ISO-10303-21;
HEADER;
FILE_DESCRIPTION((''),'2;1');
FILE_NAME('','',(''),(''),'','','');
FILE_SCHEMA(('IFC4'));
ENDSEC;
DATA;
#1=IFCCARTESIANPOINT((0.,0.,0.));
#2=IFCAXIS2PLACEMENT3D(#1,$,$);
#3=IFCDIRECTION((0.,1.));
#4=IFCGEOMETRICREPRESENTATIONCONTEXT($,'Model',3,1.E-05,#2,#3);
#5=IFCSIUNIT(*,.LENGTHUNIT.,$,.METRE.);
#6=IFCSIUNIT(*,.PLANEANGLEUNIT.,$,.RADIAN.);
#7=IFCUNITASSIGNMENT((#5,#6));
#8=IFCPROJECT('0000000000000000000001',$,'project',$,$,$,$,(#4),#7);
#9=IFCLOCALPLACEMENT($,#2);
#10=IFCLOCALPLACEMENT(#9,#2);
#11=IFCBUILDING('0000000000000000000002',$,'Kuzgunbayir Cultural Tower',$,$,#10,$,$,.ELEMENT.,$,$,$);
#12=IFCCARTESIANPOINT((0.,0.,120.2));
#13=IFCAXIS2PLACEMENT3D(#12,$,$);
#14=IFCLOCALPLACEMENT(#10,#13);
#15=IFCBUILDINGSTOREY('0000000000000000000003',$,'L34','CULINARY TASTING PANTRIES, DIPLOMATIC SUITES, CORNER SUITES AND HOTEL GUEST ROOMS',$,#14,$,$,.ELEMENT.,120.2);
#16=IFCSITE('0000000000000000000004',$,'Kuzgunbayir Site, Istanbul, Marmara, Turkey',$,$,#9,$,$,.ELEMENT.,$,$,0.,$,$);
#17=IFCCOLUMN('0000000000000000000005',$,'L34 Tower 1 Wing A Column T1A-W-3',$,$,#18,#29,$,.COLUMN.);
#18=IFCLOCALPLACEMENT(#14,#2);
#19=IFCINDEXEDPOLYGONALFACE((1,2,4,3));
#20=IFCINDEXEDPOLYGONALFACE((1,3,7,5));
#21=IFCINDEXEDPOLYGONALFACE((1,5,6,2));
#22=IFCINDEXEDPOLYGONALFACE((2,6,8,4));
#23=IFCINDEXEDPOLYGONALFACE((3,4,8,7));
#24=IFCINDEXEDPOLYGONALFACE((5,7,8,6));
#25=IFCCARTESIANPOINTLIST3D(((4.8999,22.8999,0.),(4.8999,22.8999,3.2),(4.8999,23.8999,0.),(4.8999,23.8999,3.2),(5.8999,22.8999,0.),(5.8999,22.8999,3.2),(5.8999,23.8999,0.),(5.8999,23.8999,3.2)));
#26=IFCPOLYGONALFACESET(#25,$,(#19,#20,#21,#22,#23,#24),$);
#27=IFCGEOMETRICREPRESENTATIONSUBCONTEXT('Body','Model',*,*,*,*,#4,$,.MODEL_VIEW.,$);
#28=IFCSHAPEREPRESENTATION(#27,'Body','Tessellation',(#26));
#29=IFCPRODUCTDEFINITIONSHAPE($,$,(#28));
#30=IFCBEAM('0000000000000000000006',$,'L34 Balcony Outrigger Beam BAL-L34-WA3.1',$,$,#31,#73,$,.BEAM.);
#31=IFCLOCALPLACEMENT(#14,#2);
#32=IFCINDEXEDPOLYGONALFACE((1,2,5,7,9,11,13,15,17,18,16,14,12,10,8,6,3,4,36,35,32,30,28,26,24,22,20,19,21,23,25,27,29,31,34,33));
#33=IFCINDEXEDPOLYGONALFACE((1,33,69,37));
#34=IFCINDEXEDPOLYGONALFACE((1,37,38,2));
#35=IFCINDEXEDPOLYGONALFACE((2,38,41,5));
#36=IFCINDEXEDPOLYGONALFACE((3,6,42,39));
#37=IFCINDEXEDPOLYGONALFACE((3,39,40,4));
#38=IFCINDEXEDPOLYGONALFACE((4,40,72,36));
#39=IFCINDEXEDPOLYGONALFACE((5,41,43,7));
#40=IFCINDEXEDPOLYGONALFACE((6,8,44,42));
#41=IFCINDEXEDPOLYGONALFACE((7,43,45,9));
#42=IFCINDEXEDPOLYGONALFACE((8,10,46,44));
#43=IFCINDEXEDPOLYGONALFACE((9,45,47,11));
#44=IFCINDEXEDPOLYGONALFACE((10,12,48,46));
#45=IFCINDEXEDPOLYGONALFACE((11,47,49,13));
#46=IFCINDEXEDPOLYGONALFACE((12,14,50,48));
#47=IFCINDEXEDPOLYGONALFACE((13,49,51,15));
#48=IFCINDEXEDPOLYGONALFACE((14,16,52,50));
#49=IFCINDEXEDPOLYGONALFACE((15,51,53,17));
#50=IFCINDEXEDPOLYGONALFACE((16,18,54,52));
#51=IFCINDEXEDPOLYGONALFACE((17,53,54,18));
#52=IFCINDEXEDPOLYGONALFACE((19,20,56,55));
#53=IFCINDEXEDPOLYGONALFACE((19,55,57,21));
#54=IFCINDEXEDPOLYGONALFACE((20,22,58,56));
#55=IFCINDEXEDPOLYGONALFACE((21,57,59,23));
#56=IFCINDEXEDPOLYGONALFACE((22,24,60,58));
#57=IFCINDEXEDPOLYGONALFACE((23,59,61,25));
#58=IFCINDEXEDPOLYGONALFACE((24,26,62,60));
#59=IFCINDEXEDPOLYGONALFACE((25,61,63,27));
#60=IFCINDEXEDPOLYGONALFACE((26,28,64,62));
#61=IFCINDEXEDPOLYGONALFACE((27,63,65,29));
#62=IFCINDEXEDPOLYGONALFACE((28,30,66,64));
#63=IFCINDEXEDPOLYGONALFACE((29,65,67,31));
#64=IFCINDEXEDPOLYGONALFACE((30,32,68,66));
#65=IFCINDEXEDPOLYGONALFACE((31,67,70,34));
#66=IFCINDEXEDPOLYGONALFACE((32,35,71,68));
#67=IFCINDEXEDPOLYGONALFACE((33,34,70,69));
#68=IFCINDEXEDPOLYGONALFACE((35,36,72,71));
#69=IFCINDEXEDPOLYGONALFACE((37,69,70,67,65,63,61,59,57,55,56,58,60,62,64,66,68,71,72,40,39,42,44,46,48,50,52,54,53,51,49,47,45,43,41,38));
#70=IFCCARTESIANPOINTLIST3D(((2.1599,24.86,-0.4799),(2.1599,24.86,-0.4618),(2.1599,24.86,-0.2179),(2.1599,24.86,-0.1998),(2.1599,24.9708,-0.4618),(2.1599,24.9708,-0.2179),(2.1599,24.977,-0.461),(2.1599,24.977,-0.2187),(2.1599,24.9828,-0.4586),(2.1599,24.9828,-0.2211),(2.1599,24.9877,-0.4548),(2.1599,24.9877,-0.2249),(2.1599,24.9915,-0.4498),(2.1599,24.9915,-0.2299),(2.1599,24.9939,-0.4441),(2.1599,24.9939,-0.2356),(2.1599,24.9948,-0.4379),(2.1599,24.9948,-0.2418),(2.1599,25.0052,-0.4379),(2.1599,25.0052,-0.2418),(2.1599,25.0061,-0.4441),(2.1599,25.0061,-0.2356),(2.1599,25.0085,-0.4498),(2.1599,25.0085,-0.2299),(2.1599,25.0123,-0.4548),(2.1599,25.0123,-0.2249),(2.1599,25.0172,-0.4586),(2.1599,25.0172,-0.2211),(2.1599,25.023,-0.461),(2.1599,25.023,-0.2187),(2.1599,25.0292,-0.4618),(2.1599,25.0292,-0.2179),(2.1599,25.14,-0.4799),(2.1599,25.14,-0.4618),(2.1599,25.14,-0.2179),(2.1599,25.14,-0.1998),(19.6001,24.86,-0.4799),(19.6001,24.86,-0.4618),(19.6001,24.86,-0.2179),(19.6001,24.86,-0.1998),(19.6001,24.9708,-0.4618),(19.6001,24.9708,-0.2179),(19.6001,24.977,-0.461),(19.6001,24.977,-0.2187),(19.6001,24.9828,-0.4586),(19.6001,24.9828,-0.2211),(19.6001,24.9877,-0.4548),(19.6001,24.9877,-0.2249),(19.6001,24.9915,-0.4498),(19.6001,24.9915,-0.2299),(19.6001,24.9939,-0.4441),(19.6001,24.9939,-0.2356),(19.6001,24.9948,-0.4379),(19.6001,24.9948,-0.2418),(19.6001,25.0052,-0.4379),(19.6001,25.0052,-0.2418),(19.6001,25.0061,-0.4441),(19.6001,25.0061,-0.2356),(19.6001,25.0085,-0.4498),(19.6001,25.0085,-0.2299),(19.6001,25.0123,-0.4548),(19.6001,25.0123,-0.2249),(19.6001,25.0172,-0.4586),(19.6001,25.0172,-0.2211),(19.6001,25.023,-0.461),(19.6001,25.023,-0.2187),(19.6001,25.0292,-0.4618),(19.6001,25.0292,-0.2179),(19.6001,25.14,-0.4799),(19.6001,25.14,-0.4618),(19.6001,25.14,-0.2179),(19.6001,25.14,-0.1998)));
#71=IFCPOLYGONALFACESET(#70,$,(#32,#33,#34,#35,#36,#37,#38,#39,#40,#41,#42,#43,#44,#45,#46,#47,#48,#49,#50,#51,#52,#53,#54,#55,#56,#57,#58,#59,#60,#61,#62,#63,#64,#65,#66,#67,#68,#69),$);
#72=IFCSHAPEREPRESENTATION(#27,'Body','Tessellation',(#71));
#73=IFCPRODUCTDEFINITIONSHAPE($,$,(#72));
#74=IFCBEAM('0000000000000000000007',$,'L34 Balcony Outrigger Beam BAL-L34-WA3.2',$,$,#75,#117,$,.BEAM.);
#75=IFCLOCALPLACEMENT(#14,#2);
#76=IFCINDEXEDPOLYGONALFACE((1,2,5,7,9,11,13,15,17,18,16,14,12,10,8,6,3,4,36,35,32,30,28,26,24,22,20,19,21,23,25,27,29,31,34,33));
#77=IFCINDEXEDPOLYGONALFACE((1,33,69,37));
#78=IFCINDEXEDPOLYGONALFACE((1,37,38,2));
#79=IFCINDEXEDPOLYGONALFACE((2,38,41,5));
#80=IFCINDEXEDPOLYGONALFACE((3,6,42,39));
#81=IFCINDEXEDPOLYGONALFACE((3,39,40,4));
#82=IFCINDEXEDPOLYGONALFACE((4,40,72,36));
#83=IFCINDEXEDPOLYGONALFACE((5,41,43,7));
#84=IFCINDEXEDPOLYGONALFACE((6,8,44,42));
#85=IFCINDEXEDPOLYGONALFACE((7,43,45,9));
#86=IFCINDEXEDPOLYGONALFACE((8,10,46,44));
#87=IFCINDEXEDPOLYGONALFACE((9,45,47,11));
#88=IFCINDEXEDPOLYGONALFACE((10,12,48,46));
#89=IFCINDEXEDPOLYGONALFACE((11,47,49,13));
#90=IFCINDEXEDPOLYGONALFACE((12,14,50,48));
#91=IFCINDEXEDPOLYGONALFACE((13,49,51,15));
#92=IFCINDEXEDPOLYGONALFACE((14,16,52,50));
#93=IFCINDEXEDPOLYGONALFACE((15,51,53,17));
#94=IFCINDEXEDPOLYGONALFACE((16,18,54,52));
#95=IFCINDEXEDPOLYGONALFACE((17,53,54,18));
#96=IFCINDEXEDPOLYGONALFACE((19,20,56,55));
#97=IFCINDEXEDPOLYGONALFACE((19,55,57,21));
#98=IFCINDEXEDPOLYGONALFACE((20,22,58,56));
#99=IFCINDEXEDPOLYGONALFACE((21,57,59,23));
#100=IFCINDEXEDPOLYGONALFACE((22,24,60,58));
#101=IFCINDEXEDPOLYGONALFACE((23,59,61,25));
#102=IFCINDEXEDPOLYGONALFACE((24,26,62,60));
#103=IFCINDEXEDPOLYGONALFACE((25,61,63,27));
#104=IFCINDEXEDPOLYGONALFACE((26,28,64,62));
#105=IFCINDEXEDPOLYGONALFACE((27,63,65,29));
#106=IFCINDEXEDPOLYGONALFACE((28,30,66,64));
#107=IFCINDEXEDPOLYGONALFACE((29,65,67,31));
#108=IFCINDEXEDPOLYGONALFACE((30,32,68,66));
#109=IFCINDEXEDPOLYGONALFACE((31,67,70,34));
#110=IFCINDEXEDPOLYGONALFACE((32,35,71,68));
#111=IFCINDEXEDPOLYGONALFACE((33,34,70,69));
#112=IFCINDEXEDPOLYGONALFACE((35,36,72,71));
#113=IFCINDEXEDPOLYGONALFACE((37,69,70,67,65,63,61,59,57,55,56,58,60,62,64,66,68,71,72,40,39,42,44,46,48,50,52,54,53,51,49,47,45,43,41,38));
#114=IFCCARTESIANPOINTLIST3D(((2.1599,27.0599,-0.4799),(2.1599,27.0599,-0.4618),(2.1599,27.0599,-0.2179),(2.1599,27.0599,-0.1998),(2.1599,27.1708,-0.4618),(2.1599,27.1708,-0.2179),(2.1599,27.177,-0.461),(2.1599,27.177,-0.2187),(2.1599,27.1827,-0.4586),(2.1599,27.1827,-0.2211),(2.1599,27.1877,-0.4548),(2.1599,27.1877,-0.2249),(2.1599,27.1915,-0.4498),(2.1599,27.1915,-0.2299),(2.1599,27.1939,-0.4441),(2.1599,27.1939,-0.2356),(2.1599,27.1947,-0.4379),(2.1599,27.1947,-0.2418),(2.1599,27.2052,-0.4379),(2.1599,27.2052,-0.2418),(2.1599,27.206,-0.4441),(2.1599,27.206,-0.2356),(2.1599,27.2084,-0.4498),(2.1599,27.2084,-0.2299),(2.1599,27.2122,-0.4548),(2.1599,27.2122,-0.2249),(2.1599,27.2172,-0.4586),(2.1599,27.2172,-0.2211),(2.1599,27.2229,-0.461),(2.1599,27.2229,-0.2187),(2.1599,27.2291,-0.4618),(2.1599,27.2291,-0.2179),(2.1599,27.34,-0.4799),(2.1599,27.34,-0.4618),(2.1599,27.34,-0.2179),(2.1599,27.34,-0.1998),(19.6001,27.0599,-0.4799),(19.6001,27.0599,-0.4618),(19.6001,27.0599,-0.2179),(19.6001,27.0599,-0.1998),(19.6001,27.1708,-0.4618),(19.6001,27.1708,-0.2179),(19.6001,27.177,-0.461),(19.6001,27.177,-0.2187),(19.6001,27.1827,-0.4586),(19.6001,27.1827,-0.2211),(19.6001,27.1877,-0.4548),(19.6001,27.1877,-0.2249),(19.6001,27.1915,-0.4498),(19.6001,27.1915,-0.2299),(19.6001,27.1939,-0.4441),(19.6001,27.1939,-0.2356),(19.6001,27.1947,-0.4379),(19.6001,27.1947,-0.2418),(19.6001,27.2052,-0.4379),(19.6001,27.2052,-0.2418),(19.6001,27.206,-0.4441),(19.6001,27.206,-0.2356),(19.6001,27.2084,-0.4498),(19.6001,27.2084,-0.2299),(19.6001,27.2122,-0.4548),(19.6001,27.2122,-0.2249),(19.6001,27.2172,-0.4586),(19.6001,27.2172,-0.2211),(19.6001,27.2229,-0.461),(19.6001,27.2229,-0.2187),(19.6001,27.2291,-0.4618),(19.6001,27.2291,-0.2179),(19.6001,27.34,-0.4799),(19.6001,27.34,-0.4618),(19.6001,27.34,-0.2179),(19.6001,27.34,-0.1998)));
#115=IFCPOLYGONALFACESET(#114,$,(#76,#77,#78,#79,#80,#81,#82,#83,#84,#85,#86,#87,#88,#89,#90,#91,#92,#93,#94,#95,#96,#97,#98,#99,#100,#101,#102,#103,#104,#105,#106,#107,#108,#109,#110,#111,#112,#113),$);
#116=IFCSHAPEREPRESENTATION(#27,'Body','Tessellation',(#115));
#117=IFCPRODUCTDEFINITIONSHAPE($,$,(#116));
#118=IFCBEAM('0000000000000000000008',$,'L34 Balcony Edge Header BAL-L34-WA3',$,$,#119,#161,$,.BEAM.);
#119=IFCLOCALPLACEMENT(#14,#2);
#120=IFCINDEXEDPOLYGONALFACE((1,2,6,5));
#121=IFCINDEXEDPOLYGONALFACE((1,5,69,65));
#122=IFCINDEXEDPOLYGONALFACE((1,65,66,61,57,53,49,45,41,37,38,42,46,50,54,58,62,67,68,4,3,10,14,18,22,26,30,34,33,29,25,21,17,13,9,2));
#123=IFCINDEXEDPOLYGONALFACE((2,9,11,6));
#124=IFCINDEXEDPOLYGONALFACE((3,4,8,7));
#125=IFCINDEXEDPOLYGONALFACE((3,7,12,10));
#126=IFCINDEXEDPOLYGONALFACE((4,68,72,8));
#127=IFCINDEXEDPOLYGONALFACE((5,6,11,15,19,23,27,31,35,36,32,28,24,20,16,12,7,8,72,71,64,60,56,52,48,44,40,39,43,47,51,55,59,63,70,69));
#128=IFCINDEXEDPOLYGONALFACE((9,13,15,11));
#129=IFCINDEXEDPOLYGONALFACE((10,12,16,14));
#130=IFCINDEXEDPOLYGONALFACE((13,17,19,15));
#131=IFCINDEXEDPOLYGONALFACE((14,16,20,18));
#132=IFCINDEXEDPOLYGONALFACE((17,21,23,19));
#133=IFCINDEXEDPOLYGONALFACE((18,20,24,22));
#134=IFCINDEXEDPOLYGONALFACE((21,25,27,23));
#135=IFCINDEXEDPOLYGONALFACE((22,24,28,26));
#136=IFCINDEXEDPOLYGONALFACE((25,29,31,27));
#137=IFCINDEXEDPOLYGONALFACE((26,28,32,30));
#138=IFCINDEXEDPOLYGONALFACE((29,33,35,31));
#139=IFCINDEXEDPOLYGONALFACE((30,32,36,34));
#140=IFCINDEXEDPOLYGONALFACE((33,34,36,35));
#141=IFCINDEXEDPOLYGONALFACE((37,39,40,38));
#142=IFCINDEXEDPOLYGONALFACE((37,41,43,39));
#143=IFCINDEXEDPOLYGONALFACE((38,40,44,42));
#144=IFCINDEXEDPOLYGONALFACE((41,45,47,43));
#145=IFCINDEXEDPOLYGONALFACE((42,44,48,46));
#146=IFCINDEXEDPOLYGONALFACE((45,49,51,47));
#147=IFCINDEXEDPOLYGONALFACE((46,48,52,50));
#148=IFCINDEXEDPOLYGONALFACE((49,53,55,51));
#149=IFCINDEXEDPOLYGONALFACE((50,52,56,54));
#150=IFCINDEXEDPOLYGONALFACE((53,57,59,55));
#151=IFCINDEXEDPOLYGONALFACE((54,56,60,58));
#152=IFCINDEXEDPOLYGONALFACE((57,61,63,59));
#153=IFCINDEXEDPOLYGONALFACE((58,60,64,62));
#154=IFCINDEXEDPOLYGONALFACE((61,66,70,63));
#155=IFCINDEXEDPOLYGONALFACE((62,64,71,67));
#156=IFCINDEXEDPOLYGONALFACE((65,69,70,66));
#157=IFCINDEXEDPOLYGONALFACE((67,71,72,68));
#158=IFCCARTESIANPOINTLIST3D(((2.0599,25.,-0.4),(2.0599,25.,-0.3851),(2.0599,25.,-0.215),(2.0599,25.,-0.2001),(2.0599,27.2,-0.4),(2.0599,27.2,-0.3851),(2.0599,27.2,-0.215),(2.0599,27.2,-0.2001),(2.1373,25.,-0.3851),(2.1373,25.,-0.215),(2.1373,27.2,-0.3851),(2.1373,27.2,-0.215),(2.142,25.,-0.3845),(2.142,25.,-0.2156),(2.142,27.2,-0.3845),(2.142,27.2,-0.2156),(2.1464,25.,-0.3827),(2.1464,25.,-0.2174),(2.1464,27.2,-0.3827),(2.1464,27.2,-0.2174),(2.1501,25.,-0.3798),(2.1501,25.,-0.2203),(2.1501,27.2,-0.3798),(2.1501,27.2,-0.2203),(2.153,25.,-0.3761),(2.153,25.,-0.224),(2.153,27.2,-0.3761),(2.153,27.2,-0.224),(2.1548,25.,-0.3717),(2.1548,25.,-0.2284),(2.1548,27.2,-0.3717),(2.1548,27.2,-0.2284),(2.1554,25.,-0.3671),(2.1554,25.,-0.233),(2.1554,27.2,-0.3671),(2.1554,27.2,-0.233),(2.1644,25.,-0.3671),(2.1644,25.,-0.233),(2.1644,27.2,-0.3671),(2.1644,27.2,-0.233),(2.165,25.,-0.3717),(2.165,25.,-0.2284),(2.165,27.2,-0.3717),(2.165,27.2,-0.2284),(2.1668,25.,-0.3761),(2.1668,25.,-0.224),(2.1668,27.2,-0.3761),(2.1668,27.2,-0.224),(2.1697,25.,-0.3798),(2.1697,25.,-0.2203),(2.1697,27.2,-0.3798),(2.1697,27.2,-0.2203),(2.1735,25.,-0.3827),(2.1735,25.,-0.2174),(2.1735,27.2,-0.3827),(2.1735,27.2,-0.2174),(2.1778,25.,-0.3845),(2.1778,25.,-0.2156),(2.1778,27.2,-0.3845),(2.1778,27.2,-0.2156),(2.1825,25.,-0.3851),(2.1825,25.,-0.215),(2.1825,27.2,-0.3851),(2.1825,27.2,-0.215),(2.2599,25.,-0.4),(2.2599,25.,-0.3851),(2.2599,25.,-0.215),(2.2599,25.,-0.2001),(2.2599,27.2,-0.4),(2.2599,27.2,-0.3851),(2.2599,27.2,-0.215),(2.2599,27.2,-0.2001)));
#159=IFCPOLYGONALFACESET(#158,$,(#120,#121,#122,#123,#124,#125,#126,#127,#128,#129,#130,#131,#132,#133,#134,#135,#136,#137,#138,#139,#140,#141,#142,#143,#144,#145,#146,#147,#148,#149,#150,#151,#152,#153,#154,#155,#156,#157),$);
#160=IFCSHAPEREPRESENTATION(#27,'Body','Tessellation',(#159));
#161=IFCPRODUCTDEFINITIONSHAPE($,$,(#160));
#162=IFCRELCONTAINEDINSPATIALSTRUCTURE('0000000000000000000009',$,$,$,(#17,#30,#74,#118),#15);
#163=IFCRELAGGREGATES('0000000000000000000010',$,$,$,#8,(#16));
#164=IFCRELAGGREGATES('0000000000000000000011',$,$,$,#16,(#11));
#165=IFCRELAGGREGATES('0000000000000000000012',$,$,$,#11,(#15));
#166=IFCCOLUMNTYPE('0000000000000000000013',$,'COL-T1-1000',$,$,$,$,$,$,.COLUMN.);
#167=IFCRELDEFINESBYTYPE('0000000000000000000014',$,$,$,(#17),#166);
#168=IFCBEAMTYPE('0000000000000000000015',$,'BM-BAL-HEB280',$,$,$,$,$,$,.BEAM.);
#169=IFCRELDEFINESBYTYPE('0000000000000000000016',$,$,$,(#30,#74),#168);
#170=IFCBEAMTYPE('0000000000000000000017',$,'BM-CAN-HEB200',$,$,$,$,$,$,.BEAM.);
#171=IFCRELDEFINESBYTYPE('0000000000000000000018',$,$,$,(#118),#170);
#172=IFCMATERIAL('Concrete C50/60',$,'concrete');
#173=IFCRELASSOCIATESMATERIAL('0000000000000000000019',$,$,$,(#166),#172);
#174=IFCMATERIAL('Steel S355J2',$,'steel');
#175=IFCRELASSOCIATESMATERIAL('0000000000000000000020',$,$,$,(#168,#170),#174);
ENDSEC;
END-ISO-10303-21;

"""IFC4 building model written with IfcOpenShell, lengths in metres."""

from ifc_helpers import new_model, si_unit, direction, frame, origin, origin_2d, place, context, subcontext, project, spatial, rectangle, i_section, extrude, material, material_profile, profile_set, type_object, element, save


model = new_model("IFC4")

# Units and contexts
model_context = context("Model", 3, precision=1e-05, world=origin(), true_north=direction((0.0, 1.0)))
body_context = subcontext(model_context, "Body", "Model", "MODEL_VIEW")
ifc_project = project(units=[si_unit("LENGTHUNIT", "METRE"), si_unit("PLANEANGLEUNIT", "RADIAN")], contexts=[model_context])

# Site, building, storey
site_placement = place(None, origin())
site = spatial("IfcSite", under=ifc_project, at=site_placement, Name="Kuzgunbayir Site, Istanbul, Marmara, Turkey", CompositionType="ELEMENT", RefElevation=0.0)
building_placement = place(site_placement, origin())
building = spatial("IfcBuilding", under=site, at=building_placement, Name="Kuzgunbayir Cultural Tower", CompositionType="ELEMENT")
storey_placement = place(building_placement, frame((0.0, 0.0, 120.2)))
storey = spatial("IfcBuildingStorey", under=building, at=storey_placement, Name="L34", Description="CULINARY TASTING PANTRIES, DIPLOMATIC SUITES, CORNER SUITES AND HOTEL GUEST ROOMS", CompositionType="ELEMENT", Elevation=120.2)

# Column
ifc_material_1 = material(Name="Concrete C50/60", Category="concrete")
ifc_material_profile_1 = material_profile(ifc_material_1, rectangle(XDim=1.0, YDim=1.0, at=origin_2d()), Name="RC 1000x1000")
ifc_profile_set_1 = profile_set([ifc_material_profile_1], Name="Concrete C50/60")
column_type = type_object("IfcColumnType", Name="COL-T1-1000", PredefinedType="COLUMN", material=ifc_profile_set_1)
column_placement = place(storey_placement, frame((5.3999, 23.3999, 0.0), z_axis=(0.0, 0.0, 1.0), x_axis=(1.0, 0.0, 0.0)))
element("IfcColumn", 1, at=column_placement, inside=storey, type_object=column_type, Name="L34 Tower 1 Wing A Column T1A-W-3", PredefinedType="COLUMN", context=body_context, shape_type="SweptSolid", body=[
    extrude(rectangle(XDim=1.0, YDim=1.0, at=origin_2d()), origin(), (0.0, 0.0, 1.0), 3.2),
])

# Beams
ifc_material_2 = material(Name="Steel S355J2", Category="steel")
ifc_material_profile_2 = material_profile(ifc_material_2, i_section(OverallWidth=0.28, OverallDepth=0.28, WebThickness=0.0105, FlangeThickness=0.0181, FilletRadius=0.0239, at=origin_2d()), Name="HEB 280")
ifc_profile_set_2 = profile_set([ifc_material_profile_2], Name="Steel S355J2")
beam_type_1 = type_object("IfcBeamType", Name="BM-BAL-HEB280", PredefinedType="BEAM", material=ifc_profile_set_2)
for number, where, z_axis, x_axis, name in (
    (2, (2.1599, 25.0, -0.3398), (1.0, 0.0, 0.0), (0.0, 1.0, 0.0), "L34 Balcony Outrigger Beam BAL-L34-WA3.1"),
    (3, (2.1599, 27.2, -0.3398), (1.0, 0.0, 0.0), (0.0, 1.0, 0.0), "L34 Balcony Outrigger Beam BAL-L34-WA3.2"),
):
    element("IfcBeam", number, at=place(storey_placement, frame(where, z_axis=z_axis, x_axis=x_axis)), inside=storey, type_object=beam_type_1, Name=name, PredefinedType="BEAM", context=body_context, shape_type="SweptSolid", body=[
        extrude(i_section(OverallWidth=0.28, OverallDepth=0.28, WebThickness=0.0105, FlangeThickness=0.0181, FilletRadius=0.0239, at=origin_2d()), origin(), (0.0, 0.0, 1.0), 17.4402),
    ])
ifc_material_profile_3 = material_profile(ifc_material_2, i_section(OverallWidth=0.2, OverallDepth=0.2, WebThickness=0.009, FlangeThickness=0.0149, FilletRadius=0.0181, at=origin_2d()), Name="HEB 200")
ifc_profile_set_3 = profile_set([ifc_material_profile_3], Name="Steel S355J2")
beam_type_2 = type_object("IfcBeamType", Name="BM-CAN-HEB200", PredefinedType="BEAM", material=ifc_profile_set_3)
beam_1_placement = place(storey_placement, frame((2.1599, 25.0, -0.3), z_axis=(0.0, 1.0, 0.0), x_axis=(-1.0, 0.0, 0.0)))
element("IfcBeam", 4, at=beam_1_placement, inside=storey, type_object=beam_type_2, Name="L34 Balcony Edge Header BAL-L34-WA3", PredefinedType="BEAM", context=body_context, shape_type="SweptSolid", body=[
    extrude(i_section(OverallWidth=0.2, OverallDepth=0.2, WebThickness=0.009, FlangeThickness=0.0149, FilletRadius=0.0181, at=origin_2d()), origin(), (0.0, 0.0, 1.0), 2.2),
])

save(model, "model.ifc")
